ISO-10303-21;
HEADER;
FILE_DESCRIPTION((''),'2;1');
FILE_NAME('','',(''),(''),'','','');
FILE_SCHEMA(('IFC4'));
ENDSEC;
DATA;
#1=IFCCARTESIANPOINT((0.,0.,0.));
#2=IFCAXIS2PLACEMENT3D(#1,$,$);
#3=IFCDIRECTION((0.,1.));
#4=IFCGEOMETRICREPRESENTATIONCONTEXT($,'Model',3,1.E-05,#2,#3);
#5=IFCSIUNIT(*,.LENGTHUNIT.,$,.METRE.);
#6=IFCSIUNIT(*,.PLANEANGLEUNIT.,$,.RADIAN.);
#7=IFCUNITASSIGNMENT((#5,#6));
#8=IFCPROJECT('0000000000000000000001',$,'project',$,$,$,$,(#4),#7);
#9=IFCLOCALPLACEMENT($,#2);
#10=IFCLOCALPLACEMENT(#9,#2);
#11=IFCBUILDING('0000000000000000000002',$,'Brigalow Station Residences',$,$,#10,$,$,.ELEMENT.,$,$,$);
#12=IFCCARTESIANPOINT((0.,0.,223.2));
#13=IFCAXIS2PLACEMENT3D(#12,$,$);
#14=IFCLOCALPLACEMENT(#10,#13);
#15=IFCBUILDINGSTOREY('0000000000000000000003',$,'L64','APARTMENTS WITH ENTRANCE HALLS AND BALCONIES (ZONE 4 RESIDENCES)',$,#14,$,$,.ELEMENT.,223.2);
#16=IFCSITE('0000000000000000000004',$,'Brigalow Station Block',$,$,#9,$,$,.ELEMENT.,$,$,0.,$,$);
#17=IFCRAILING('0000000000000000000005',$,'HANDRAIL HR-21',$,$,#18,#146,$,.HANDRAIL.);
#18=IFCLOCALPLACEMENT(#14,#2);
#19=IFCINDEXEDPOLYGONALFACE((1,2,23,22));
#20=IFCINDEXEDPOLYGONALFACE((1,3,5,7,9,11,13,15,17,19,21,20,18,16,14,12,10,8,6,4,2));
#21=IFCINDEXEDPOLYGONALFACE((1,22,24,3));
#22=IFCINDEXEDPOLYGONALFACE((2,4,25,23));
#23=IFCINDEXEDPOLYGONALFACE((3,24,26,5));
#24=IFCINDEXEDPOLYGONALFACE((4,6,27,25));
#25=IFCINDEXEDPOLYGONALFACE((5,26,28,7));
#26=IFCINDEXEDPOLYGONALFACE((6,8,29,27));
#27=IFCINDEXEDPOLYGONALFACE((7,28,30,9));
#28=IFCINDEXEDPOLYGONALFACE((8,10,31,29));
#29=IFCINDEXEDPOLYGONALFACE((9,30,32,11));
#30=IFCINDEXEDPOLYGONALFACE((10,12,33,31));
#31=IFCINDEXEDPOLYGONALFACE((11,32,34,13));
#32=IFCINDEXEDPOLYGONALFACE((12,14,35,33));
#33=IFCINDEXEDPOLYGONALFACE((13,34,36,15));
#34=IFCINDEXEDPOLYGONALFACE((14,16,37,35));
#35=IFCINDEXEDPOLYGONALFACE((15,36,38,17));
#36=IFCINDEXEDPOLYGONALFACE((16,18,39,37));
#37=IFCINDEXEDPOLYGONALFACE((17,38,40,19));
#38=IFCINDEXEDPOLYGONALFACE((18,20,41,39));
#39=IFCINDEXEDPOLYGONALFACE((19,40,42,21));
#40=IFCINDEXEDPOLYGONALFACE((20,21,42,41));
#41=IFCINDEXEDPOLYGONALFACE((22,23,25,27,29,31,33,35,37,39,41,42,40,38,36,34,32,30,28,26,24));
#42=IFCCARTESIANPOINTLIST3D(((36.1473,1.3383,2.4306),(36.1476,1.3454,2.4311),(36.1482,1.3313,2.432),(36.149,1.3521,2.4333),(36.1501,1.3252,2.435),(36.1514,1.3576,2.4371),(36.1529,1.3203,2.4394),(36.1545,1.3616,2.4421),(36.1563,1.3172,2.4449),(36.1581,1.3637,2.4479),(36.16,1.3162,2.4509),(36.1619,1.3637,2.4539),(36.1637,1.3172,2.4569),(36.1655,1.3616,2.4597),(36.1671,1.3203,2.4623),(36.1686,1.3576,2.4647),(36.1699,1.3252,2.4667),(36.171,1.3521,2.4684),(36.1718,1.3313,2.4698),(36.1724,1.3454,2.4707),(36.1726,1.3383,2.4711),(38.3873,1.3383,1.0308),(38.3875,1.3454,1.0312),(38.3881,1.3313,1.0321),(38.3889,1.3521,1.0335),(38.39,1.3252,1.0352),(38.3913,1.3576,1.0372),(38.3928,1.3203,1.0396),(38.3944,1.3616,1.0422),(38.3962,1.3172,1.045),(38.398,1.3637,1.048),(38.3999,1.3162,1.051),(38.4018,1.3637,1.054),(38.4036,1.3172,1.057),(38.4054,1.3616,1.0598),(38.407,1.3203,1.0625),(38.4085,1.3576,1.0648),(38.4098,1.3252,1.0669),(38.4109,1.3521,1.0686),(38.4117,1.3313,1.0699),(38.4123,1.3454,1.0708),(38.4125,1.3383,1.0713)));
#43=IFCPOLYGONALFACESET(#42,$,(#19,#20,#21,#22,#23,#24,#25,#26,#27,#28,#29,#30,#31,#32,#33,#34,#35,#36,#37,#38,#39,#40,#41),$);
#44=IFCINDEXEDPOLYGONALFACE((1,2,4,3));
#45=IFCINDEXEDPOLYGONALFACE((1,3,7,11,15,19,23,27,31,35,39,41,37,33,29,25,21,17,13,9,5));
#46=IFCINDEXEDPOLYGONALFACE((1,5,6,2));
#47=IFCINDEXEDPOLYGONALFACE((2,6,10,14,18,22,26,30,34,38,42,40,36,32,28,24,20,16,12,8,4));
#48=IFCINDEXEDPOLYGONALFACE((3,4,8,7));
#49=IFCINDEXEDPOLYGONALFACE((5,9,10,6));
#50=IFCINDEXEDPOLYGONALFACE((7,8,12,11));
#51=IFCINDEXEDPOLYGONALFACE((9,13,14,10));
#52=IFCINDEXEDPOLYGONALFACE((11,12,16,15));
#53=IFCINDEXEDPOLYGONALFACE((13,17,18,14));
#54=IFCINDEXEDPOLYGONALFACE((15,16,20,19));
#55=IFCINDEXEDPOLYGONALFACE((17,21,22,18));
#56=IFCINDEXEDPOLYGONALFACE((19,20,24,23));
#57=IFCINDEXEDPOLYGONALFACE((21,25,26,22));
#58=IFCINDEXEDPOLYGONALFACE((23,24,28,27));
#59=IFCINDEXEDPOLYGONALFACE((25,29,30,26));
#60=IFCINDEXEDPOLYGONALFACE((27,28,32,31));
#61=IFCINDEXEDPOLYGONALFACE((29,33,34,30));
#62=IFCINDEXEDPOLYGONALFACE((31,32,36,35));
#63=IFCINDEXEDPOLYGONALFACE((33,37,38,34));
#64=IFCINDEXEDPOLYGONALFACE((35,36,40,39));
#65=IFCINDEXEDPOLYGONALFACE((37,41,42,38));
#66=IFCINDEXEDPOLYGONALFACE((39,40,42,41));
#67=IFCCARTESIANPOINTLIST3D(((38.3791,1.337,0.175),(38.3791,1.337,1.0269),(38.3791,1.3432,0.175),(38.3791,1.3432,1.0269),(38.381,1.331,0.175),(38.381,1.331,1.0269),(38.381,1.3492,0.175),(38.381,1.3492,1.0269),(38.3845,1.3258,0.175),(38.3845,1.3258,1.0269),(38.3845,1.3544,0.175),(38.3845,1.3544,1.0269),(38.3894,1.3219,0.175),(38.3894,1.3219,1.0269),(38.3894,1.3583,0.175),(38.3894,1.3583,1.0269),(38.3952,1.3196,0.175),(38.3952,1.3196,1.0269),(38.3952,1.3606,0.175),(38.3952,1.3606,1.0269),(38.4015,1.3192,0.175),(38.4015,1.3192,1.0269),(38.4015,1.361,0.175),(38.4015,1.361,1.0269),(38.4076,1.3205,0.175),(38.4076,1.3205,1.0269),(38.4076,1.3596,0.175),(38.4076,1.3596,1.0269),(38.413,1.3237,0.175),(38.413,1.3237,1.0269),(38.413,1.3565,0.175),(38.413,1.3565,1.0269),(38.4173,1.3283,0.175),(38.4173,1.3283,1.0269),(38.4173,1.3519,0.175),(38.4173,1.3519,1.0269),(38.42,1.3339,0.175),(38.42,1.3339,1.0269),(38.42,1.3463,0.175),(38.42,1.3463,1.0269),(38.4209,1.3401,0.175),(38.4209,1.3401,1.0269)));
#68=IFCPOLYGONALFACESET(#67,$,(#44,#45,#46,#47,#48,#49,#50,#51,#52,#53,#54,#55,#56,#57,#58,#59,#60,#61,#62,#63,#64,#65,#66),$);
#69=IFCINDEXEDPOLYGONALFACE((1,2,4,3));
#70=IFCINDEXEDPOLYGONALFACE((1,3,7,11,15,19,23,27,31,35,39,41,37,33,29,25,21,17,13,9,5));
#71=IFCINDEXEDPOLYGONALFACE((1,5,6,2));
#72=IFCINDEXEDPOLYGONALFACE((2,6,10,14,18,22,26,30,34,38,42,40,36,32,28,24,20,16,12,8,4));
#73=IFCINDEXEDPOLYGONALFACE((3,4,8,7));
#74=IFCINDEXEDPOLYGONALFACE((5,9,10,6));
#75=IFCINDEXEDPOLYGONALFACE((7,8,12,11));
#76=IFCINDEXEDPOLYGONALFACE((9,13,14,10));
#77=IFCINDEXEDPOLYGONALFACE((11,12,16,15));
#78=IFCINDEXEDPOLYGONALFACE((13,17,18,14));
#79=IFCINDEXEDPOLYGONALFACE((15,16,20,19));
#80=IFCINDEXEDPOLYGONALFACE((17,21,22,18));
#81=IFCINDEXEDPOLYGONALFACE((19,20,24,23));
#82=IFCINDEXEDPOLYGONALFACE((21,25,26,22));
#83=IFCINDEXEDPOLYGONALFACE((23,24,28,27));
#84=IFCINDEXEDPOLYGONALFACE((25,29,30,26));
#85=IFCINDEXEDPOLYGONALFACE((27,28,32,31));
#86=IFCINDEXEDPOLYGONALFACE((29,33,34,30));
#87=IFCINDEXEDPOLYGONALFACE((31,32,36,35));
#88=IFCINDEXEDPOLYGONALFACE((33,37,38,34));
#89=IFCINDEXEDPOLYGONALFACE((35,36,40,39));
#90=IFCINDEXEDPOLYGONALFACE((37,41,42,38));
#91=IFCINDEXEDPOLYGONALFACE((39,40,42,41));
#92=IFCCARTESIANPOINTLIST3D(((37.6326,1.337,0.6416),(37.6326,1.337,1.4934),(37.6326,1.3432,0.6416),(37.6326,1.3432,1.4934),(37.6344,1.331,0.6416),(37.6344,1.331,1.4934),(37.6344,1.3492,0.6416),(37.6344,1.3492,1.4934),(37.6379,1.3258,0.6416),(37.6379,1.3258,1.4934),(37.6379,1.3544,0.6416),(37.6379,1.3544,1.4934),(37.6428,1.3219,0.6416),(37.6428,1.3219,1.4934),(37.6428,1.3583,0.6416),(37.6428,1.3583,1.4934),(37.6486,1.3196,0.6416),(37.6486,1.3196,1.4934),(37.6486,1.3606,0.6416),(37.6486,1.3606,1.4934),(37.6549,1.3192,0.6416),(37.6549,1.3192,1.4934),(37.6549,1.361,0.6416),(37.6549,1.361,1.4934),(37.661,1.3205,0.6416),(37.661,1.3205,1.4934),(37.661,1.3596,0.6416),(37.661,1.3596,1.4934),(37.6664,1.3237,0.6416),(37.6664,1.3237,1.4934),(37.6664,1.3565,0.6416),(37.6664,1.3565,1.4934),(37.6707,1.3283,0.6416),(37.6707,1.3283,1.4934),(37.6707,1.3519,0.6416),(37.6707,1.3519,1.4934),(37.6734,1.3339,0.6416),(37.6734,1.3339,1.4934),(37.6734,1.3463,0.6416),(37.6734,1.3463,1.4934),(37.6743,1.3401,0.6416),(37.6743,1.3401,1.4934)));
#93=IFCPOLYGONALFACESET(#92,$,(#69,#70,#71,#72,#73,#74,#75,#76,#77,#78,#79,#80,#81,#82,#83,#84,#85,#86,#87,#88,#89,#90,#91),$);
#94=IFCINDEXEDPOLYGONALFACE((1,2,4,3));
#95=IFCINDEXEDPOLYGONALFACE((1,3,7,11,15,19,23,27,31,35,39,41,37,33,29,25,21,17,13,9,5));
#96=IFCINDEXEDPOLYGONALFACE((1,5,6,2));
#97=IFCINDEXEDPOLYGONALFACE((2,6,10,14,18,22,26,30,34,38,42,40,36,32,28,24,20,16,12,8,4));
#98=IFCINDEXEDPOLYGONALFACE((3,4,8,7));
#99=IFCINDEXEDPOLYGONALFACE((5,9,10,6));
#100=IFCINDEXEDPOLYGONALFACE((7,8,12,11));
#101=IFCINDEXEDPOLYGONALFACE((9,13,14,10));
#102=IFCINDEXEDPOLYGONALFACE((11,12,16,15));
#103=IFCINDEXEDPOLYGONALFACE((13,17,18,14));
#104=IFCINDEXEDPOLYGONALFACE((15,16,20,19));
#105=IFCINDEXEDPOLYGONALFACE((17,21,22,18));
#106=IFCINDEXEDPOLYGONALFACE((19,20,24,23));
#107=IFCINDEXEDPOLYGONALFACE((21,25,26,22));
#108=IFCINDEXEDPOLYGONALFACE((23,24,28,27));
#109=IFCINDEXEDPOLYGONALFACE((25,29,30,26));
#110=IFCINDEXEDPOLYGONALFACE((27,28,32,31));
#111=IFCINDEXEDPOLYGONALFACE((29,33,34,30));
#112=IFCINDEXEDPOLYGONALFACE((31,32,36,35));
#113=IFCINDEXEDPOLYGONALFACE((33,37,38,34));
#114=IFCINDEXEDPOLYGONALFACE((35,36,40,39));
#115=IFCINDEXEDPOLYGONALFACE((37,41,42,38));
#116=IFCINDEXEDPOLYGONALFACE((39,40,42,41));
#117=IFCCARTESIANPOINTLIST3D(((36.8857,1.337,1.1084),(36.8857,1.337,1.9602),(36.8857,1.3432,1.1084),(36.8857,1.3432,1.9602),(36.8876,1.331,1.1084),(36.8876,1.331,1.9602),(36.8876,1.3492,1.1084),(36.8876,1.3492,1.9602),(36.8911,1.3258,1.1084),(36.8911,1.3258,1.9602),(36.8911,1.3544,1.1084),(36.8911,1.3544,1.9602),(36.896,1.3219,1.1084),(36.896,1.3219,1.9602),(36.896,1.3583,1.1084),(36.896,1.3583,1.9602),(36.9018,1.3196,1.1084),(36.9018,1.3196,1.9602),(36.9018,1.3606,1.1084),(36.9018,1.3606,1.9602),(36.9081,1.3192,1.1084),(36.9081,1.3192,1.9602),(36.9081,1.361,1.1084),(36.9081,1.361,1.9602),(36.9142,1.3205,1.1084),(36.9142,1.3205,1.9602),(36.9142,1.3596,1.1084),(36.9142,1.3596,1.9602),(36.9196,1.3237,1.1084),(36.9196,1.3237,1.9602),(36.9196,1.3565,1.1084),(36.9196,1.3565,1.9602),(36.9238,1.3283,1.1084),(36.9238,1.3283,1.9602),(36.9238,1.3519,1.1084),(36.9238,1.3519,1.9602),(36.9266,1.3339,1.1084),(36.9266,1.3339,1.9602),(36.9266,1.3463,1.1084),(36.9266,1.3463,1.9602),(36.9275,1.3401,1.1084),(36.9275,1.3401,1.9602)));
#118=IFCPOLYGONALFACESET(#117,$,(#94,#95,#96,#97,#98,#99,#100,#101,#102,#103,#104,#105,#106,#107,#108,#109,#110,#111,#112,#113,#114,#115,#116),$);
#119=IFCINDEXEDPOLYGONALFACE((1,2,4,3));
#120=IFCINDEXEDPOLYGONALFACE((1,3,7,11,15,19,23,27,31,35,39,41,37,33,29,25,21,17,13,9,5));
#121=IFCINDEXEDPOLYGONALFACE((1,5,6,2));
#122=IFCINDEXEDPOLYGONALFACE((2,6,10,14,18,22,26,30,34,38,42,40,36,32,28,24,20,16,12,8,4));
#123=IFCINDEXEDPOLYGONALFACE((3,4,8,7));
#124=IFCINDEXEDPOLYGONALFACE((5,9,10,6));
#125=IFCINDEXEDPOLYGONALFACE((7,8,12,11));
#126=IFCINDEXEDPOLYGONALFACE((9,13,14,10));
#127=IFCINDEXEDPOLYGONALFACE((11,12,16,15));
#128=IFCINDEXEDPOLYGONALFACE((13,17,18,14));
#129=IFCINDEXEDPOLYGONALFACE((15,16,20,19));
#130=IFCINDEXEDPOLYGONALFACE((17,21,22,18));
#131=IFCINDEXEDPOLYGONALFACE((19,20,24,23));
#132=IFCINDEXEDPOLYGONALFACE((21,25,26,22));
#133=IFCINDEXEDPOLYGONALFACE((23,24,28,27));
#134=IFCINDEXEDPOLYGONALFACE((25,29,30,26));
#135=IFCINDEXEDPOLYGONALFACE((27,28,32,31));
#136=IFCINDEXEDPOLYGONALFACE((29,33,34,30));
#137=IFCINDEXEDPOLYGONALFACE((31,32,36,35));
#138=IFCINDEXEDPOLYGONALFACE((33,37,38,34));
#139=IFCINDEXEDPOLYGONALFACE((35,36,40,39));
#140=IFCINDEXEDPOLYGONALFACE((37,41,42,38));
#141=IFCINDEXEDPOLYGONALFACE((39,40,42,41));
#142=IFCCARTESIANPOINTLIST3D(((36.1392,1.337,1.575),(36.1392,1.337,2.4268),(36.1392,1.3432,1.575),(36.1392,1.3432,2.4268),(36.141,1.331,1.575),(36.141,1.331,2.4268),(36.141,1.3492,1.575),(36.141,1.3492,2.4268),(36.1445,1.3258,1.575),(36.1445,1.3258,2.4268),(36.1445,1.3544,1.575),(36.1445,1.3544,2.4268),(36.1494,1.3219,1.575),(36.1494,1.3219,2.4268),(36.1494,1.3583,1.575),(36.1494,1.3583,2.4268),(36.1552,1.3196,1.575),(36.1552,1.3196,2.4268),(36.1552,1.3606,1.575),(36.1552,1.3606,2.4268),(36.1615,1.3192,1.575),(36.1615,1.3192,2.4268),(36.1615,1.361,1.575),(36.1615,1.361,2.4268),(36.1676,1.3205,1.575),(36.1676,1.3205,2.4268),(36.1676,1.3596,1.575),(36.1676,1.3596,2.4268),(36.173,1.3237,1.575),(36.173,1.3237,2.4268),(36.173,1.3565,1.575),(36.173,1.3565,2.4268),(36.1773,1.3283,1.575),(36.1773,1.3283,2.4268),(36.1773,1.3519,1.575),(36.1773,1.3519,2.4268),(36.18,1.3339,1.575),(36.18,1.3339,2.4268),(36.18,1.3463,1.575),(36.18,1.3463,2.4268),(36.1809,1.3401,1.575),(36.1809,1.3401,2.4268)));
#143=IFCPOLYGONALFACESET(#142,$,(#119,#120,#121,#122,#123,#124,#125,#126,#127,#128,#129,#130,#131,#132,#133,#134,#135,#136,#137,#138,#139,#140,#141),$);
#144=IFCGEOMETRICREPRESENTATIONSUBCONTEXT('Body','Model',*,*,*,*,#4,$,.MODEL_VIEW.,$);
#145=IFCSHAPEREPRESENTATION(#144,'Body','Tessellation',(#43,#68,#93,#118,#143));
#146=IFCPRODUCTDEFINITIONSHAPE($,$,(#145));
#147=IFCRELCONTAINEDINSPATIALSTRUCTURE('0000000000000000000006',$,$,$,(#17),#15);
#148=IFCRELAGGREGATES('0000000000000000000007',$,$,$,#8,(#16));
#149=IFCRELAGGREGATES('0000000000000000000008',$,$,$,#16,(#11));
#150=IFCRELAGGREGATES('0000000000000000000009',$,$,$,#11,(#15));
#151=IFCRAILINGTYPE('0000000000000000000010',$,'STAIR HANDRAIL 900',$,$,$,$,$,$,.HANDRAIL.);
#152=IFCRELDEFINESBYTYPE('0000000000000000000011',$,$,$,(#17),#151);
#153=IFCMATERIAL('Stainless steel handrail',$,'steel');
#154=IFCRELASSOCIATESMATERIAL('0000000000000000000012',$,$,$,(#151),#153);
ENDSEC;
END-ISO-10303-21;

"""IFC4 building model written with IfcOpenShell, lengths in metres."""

from ifc_helpers import new_model, si_unit, direction, frame, origin, origin_2d, place, context, subcontext, project, spatial, circle, extrude, material, type_object, element, save


model = new_model("IFC4")

# Units and contexts
model_context = context("Model", 3, precision=1e-05, world=origin(), true_north=direction((0.0, 1.0)))
body_context = subcontext(model_context, "Body", "Model", "MODEL_VIEW")
ifc_project = project(units=[si_unit("LENGTHUNIT", "METRE"), si_unit("PLANEANGLEUNIT", "RADIAN")], contexts=[model_context])

# Site, building, storey
site_placement = place(None, origin())
site = spatial("IfcSite", under=ifc_project, at=site_placement, Name="Brigalow Station Block", CompositionType="ELEMENT", RefElevation=0.0)
building_placement = place(site_placement, origin())
building = spatial("IfcBuilding", under=site, at=building_placement, Name="Brigalow Station Residences", CompositionType="ELEMENT")
storey_placement = place(building_placement, frame((0.0, 0.0, 223.2)))
storey = spatial("IfcBuildingStorey", under=building, at=storey_placement, Name="L64", Description="APARTMENTS WITH ENTRANCE HALLS AND BALCONIES (ZONE 4 RESIDENCES)", CompositionType="ELEMENT", Elevation=223.2)

# Railing
ifc_material_1 = material(Name="Stainless steel handrail", Category="steel")
railing_type_1 = type_object("IfcRailingType", Name="STAIR HANDRAIL 900", PredefinedType="HANDRAIL", material=ifc_material_1)
railing_1_placement = place(storey_placement, frame((38.3999, 1.3401, 0.175)))
element("IfcRailing", 1, at=railing_1_placement, inside=storey, type_object=railing_type_1, Name="HANDRAIL HR-21", PredefinedType="HANDRAIL", context=body_context, shape_type="SweptSolid", body=[
    extrude(circle(Radius=0.0239, at=origin_2d()), frame((0.0, 0.0, 0.876), z_axis=(-0.848014, 0.0, 0.529974), x_axis=(0.0, -1.0, 0.0)), (0.0, 0.0, 1.0), 2.6414),
    extrude(circle(Radius=0.021, at=origin_2d()), origin(), (0.0, 0.0, 1.0), 0.8518),
    extrude(circle(Radius=0.021, at=origin_2d()), frame((-0.7466, 0.0, 0.4666)), (0.0, 0.0, 1.0), 0.8518),
    extrude(circle(Radius=0.021, at=origin_2d()), frame((-1.4934, 0.0, 0.9333)), (0.0, 0.0, 1.0), 0.8518),
    extrude(circle(Radius=0.021, at=origin_2d()), frame((-2.24, 0.0, 1.3999)), (0.0, 0.0, 1.0), 0.8518),
])

save(model, "model.ifc")
